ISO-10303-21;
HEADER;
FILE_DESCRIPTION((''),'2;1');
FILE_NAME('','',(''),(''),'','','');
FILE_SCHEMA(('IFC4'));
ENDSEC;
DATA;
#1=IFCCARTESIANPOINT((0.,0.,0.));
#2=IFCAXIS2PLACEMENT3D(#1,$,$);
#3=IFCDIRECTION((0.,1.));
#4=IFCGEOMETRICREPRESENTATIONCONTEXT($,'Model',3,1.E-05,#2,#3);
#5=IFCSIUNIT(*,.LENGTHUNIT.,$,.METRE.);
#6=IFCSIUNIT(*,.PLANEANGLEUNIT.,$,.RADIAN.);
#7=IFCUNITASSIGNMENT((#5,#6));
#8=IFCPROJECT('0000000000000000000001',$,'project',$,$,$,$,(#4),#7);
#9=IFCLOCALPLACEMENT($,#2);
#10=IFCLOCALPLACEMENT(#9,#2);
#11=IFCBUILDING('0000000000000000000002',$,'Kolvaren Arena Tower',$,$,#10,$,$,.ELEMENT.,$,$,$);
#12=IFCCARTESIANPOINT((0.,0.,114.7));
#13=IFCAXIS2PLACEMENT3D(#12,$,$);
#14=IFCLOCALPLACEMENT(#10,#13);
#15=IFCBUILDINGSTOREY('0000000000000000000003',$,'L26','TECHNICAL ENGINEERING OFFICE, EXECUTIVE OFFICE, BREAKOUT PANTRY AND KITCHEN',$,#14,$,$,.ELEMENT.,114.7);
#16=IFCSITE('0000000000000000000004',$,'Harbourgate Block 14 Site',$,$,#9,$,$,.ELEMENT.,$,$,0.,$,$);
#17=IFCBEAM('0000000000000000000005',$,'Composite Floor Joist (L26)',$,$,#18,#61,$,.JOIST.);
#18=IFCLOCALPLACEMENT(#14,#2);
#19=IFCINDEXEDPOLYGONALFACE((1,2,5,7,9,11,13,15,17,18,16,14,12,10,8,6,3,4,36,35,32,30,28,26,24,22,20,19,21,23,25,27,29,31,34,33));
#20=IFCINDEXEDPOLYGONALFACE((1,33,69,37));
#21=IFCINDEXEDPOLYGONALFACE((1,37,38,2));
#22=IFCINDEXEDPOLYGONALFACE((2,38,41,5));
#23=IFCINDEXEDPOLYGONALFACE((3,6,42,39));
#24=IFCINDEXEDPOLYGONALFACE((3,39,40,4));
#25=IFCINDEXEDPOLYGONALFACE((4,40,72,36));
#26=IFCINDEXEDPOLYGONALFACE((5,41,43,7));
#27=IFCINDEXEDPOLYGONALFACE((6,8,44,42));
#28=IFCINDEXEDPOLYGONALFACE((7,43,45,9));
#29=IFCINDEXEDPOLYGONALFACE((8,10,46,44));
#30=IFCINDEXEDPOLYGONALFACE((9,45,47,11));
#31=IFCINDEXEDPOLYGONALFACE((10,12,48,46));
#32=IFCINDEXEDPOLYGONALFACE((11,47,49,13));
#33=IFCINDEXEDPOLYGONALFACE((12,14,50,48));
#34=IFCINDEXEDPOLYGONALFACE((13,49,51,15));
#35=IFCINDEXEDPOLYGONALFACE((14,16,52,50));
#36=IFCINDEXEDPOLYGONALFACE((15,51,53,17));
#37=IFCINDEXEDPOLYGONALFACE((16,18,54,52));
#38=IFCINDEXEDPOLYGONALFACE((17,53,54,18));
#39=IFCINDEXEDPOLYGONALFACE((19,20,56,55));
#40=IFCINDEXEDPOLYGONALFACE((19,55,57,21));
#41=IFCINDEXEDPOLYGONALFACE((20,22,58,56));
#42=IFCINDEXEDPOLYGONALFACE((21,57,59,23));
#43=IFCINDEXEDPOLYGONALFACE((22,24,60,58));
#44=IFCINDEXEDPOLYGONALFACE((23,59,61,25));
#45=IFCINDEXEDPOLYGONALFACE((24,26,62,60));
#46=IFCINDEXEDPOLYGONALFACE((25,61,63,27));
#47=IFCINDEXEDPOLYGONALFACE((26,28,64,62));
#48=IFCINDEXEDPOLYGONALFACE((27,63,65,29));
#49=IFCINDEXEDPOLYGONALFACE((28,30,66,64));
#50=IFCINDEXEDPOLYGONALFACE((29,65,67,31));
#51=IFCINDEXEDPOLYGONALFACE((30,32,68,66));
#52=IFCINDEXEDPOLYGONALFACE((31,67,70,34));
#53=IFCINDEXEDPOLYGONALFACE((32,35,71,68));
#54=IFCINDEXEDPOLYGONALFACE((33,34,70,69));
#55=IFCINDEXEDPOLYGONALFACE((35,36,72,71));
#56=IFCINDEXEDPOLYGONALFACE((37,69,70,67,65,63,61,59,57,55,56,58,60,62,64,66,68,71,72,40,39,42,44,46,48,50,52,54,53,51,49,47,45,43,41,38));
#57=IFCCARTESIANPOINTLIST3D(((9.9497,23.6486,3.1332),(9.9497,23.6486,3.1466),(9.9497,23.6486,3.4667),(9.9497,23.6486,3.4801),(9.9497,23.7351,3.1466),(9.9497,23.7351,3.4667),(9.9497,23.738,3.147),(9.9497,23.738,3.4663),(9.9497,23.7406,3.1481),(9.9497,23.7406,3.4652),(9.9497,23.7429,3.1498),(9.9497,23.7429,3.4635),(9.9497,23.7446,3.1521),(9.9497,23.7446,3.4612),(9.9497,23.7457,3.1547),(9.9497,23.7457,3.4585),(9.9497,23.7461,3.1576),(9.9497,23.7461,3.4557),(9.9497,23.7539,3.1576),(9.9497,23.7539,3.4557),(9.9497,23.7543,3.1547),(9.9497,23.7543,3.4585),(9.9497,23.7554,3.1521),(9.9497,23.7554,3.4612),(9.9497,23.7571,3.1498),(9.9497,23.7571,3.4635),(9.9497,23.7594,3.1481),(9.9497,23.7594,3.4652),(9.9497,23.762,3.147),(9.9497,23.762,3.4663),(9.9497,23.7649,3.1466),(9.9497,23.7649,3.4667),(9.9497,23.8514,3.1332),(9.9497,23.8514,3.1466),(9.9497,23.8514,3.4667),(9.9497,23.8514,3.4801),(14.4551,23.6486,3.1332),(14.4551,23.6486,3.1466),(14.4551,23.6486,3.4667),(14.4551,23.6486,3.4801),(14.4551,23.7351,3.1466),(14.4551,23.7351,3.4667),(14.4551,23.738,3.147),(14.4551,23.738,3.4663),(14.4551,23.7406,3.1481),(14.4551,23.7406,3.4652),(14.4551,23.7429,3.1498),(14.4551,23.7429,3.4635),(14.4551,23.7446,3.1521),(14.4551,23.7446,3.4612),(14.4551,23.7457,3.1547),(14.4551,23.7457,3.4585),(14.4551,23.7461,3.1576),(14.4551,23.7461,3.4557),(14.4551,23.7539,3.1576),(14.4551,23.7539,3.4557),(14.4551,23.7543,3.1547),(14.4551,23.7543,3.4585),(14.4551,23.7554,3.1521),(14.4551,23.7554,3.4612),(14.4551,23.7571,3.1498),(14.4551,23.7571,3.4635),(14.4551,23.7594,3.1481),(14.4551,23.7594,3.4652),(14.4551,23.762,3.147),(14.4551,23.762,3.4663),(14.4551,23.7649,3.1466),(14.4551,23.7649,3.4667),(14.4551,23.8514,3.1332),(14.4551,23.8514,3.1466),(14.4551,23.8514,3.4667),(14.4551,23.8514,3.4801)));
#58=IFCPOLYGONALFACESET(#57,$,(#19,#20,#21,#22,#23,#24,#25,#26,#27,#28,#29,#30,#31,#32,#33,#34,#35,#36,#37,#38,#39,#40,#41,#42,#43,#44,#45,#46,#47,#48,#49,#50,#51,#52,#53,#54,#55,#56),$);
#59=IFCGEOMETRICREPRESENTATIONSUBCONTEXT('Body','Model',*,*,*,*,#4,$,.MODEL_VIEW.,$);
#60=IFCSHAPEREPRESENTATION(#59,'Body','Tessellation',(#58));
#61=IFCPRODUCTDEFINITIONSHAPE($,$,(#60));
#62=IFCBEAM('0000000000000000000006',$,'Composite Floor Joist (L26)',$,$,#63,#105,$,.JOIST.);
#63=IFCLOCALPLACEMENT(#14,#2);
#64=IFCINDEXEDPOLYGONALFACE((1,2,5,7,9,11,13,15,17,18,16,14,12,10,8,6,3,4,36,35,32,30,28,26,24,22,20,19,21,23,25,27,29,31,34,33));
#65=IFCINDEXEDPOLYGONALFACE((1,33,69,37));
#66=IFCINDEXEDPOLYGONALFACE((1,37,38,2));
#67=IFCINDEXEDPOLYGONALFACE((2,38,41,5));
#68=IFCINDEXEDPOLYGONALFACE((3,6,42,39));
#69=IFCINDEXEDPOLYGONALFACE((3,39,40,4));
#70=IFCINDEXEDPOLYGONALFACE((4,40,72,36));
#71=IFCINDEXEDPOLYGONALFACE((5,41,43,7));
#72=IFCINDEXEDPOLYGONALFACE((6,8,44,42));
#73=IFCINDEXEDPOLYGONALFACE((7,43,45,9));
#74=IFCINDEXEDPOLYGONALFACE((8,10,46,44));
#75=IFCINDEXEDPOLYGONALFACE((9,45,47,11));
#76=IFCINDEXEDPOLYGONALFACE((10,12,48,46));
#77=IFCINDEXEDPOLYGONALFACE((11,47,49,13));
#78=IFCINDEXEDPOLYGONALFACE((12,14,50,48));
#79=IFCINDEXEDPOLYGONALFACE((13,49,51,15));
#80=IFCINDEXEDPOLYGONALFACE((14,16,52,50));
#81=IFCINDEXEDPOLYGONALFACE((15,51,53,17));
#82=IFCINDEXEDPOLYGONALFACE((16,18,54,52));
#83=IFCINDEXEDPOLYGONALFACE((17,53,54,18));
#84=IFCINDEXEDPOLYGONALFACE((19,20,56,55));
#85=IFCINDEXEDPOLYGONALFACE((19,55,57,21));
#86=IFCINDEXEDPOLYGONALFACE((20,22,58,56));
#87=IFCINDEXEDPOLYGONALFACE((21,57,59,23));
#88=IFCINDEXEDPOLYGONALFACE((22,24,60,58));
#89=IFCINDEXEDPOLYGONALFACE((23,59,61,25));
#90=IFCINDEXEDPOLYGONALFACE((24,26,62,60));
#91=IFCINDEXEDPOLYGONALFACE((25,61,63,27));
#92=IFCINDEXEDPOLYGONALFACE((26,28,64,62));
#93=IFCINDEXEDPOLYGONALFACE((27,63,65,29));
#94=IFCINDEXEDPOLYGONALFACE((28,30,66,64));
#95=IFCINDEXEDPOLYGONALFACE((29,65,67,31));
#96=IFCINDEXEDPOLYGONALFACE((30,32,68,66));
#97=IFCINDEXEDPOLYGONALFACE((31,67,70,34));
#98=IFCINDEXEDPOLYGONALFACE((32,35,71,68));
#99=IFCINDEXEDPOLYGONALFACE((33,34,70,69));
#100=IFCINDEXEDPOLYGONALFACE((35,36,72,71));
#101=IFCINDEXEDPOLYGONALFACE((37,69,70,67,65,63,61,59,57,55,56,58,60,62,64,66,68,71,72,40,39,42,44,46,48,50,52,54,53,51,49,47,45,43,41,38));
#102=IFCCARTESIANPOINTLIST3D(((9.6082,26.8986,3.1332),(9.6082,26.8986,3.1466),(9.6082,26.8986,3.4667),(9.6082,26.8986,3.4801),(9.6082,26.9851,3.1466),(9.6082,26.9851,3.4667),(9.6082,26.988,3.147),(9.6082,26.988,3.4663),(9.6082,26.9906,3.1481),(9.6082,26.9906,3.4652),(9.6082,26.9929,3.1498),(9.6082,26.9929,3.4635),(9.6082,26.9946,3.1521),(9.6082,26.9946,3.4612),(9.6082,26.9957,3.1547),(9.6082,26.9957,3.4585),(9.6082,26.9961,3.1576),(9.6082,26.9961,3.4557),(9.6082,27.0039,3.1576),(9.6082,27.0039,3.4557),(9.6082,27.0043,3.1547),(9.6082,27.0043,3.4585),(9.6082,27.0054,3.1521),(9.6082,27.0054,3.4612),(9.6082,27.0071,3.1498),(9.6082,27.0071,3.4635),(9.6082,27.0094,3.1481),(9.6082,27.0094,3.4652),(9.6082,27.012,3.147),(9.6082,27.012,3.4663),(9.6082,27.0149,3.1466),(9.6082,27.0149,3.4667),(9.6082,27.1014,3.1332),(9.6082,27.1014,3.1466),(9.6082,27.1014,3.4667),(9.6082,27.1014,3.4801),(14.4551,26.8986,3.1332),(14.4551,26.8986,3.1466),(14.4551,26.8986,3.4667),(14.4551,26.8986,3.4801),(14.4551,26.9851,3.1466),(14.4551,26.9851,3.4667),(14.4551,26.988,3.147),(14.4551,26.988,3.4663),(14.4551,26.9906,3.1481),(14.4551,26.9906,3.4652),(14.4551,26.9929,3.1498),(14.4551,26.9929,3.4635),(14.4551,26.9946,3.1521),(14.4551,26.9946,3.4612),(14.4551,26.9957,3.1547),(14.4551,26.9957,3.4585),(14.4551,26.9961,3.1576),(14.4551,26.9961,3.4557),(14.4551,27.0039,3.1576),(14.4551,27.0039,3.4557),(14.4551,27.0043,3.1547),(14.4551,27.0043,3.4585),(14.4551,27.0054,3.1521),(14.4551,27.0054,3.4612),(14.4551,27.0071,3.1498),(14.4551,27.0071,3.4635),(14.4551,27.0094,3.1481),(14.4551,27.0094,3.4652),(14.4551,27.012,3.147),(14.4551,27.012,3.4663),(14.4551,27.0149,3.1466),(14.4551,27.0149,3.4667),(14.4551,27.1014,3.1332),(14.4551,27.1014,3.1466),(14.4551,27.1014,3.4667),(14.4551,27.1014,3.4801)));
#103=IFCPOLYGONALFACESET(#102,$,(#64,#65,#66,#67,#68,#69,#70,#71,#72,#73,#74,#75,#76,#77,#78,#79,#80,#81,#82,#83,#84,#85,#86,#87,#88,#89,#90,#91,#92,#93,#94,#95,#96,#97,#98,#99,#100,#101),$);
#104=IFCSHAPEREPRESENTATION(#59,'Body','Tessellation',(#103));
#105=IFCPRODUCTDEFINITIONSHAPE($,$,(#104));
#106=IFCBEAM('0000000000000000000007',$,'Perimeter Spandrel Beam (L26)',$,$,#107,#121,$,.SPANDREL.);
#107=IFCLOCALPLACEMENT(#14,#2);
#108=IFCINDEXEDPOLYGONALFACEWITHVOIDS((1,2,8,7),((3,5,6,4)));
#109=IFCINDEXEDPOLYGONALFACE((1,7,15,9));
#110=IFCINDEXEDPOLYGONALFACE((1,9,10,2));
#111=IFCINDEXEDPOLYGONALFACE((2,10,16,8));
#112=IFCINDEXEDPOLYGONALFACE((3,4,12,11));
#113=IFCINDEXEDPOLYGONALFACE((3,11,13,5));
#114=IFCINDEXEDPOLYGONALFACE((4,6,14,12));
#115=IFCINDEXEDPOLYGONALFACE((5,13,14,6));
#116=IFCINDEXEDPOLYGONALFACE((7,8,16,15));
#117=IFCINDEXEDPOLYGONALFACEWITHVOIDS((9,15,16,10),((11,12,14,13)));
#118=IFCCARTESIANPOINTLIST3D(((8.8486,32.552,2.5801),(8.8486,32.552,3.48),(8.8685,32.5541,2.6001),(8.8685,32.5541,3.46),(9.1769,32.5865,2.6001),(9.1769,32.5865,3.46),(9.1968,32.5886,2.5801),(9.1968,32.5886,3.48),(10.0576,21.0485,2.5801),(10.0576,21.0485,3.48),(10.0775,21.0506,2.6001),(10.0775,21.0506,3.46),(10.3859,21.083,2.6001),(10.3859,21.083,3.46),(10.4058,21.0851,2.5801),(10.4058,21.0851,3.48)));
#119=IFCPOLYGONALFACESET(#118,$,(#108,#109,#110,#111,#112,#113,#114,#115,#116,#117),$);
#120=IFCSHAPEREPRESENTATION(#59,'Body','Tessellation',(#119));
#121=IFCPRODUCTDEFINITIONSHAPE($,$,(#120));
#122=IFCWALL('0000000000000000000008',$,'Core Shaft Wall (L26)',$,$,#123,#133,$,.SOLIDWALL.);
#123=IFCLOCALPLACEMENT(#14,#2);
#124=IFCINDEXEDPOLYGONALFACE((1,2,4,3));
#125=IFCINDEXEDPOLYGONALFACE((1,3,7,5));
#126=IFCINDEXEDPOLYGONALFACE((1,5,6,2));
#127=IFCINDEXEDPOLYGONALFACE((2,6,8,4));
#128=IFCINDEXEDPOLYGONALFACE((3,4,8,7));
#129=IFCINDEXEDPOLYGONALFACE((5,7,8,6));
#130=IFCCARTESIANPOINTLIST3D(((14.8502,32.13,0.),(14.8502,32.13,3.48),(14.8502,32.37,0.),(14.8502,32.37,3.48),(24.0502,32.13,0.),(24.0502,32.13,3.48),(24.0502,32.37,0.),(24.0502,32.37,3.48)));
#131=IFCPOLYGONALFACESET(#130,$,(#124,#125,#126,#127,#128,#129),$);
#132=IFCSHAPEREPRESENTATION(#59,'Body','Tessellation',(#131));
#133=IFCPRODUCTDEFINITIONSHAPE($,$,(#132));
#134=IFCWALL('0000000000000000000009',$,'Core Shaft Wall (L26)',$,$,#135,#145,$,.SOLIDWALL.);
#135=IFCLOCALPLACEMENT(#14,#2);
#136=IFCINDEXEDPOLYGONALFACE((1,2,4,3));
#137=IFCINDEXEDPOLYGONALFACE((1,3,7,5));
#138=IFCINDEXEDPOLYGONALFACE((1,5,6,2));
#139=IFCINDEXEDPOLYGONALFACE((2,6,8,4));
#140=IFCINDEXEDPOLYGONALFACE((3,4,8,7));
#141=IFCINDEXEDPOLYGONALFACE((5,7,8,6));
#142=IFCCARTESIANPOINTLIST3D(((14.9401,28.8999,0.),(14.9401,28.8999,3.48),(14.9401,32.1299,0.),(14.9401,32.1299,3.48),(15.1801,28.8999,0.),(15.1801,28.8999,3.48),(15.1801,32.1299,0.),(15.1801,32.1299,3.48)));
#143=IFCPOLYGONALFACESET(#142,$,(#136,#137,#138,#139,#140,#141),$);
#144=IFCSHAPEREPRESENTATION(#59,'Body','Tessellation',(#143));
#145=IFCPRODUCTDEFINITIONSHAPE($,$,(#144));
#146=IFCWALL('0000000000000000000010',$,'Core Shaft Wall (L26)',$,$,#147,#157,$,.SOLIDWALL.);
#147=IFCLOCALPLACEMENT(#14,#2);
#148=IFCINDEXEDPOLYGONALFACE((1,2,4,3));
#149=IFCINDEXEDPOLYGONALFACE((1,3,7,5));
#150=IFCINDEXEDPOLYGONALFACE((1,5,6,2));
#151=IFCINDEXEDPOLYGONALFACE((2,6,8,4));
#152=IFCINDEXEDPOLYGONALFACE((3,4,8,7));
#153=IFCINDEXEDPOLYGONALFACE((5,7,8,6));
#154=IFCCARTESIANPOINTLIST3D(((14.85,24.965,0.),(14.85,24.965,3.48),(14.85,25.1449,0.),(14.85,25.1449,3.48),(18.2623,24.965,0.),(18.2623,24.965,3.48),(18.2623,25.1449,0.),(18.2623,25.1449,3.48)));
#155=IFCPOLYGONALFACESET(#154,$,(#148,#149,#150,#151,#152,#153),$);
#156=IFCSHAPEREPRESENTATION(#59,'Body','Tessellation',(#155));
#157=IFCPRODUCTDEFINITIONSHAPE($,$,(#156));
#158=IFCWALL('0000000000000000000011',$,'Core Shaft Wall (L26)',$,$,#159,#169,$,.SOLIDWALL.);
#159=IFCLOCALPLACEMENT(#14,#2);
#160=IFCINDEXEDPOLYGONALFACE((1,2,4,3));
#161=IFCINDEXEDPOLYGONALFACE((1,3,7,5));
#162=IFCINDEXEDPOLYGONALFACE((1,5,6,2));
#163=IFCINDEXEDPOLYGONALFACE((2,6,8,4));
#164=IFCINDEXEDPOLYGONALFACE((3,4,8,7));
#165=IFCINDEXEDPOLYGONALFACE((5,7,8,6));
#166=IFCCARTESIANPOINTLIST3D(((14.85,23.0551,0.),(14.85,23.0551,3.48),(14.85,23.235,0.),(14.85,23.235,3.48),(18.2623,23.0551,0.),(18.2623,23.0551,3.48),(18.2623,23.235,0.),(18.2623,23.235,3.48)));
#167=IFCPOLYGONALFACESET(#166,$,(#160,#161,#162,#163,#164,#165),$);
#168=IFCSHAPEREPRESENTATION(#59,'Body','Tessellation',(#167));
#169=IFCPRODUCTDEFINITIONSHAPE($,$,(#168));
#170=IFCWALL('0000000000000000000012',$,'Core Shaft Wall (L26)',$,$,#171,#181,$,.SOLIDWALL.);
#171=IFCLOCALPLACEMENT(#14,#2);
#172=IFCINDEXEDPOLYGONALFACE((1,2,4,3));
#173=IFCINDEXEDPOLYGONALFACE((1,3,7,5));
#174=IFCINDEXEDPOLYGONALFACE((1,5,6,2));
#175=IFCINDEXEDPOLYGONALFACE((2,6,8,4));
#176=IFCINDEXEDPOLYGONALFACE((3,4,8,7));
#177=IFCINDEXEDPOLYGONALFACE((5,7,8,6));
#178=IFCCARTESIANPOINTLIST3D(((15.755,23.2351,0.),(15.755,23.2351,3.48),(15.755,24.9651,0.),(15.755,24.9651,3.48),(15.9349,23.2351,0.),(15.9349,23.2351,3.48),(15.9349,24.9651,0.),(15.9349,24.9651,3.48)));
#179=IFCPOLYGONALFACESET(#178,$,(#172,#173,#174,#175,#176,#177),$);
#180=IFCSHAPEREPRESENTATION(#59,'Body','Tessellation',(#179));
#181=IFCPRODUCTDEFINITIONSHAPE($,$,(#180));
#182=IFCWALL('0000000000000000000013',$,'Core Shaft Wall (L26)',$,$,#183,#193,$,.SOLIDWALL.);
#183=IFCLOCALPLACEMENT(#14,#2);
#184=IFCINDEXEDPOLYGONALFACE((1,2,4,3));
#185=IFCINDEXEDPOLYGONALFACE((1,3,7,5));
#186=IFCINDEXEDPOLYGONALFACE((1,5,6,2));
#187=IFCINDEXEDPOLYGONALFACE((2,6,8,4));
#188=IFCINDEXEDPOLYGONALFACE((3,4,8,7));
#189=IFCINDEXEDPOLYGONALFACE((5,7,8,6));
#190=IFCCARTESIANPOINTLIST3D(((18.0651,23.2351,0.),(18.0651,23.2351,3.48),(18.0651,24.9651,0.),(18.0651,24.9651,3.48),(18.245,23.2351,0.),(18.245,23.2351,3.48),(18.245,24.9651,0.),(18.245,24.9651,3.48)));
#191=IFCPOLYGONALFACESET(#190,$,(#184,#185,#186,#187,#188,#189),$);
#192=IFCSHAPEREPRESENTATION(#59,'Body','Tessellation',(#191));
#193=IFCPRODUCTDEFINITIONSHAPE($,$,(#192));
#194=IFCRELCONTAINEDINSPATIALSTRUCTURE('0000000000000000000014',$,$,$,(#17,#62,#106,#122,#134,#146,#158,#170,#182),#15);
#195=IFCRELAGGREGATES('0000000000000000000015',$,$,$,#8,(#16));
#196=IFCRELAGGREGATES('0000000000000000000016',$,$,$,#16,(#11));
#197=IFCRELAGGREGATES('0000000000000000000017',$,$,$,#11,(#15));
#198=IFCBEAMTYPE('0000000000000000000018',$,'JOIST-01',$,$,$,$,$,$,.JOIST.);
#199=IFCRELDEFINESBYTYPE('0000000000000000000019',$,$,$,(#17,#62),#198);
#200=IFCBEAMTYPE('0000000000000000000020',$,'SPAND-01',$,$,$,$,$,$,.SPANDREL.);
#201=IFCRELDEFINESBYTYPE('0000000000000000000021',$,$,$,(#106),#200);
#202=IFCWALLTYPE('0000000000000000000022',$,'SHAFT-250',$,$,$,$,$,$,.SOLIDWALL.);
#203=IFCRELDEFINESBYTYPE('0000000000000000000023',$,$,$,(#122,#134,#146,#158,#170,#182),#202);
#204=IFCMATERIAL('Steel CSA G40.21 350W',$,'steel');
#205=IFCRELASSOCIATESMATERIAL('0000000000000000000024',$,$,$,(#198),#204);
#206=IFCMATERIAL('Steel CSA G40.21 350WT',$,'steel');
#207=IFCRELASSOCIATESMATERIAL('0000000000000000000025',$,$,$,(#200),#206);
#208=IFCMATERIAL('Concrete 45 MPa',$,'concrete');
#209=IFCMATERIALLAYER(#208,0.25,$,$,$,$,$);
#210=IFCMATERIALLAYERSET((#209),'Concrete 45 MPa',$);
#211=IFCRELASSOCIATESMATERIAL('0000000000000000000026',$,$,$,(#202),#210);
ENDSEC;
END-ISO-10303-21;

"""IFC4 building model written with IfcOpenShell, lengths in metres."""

from ifc_helpers import new_model, si_unit, direction, frame, frame_2d, origin, origin_2d, place, context, subcontext, project, spatial, rectangle, hollow_rectangle, i_section, extrude, material, layer, layer_set, material_profile, profile_set, type_object, element, save


model = new_model("IFC4")

# Units and contexts
model_context = context("Model", 3, precision=1e-05, world=origin(), true_north=direction((0.0, 1.0)))
body_context = subcontext(model_context, "Body", "Model", "MODEL_VIEW")
ifc_project = project(units=[si_unit("LENGTHUNIT", "METRE"), si_unit("PLANEANGLEUNIT", "RADIAN")], contexts=[model_context])

# Site, building, storey
site_placement = place(None, origin())
site = spatial("IfcSite", under=ifc_project, at=site_placement, Name="Harbourgate Block 14 Site", CompositionType="ELEMENT", RefElevation=0.0)
building_placement = place(site_placement, origin())
building = spatial("IfcBuilding", under=site, at=building_placement, Name="Kolvaren Arena Tower", CompositionType="ELEMENT")
storey_placement = place(building_placement, frame((0.0, 0.0, 114.7)))
storey = spatial("IfcBuildingStorey", under=building, at=storey_placement, Name="L26", Description="TECHNICAL ENGINEERING OFFICE, EXECUTIVE OFFICE, BREAKOUT PANTRY AND KITCHEN", CompositionType="ELEMENT", Elevation=114.7)

# Beams
ifc_material_1 = material(Name="Steel CSA G40.21 350W", Category="steel")
ifc_material_profile_1 = material_profile(ifc_material_1, i_section(OverallWidth=0.2029, OverallDepth=0.3469, WebThickness=0.0078, FlangeThickness=0.0134, FilletRadius=0.011, at=origin_2d()), Name="W360x64")
ifc_profile_set_1 = profile_set([ifc_material_profile_1], Name="Steel CSA G40.21 350W")
beam_type_1 = type_object("IfcBeamType", Name="JOIST-01", PredefinedType="JOIST", material=ifc_profile_set_1)
beam_1_placement = place(storey_placement, frame((9.9497, 23.75, 3.3066), z_axis=(1.0, 0.0, 0.0), x_axis=(0.0, 1.0, 0.0)))
element("IfcBeam", 1, at=beam_1_placement, inside=storey, type_object=beam_type_1, Name="Composite Floor Joist (L26)", PredefinedType="JOIST", context=body_context, shape_type="SweptSolid", body=[
    extrude(i_section(OverallWidth=0.2029, OverallDepth=0.3469, WebThickness=0.0078, FlangeThickness=0.0134, FilletRadius=0.011, at=origin_2d()), origin(), (0.0, 0.0, 1.0), 4.5054),
])
beam_2_placement = place(storey_placement, frame((9.6082, 27.0, 3.3066), z_axis=(1.0, 0.0, 0.0), x_axis=(0.0, 1.0, 0.0)))
element("IfcBeam", 2, at=beam_2_placement, inside=storey, type_object=beam_type_1, Name="Composite Floor Joist (L26)", PredefinedType="JOIST", context=body_context, shape_type="SweptSolid", body=[
    extrude(i_section(OverallWidth=0.2029, OverallDepth=0.3469, WebThickness=0.0078, FlangeThickness=0.0134, FilletRadius=0.011, at=origin_2d()), origin(), (0.0, 0.0, 1.0), 4.8469),
])
ifc_material_2 = material(Name="Steel CSA G40.21 350WT", Category="steel")
ifc_material_profile_2 = material_profile(ifc_material_2, hollow_rectangle(XDim=0.3501, YDim=0.8999, WallThickness=0.02, at=origin_2d()), Name="HSS 900x350x20")
ifc_profile_set_2 = profile_set([ifc_material_profile_2], Name="Steel CSA G40.21 350WT")
beam_type_2 = type_object("IfcBeamType", Name="SPAND-01", PredefinedType="SPANDREL", material=ifc_profile_set_2)
beam_3_placement = place(storey_placement, frame((9.0227, 32.5703, 3.03), z_axis=(0.104522, -0.994523, 0.0), x_axis=(0.994523, 0.104522, 0.0)))
element("IfcBeam", 3, at=beam_3_placement, inside=storey, type_object=beam_type_2, Name="Perimeter Spandrel Beam (L26)", PredefinedType="SPANDREL", context=body_context, shape_type="SweptSolid", body=[
    extrude(hollow_rectangle(XDim=0.3501, YDim=0.8999, WallThickness=0.02, at=origin_2d()), origin(), (0.0, 0.0, 1.0), 11.5669),
])

# Walls
ifc_material_3 = material(Name="Concrete 45 MPa", Category="concrete")
ifc_layer = layer(ifc_material_3, 0.25)
ifc_layer_set = layer_set([ifc_layer], Name="Concrete 45 MPa")
wall_type = type_object("IfcWallType", Name="SHAFT-250", PredefinedType="SOLIDWALL", material=ifc_layer_set)
wall_1_placement = place(storey_placement, frame((14.8501, 32.25, 0.0), z_axis=(0.0, 0.0, 1.0), x_axis=(1.0, 0.0, 0.0)))
element("IfcWall", 4, at=wall_1_placement, inside=storey, type_object=wall_type, Name="Core Shaft Wall (L26)", PredefinedType="SOLIDWALL", context=body_context, shape_type="SweptSolid", body=[
    extrude(rectangle(XDim=9.2, YDim=0.24, at=frame_2d((4.6001, 0.0))), origin(), (0.0, 0.0, 1.0), 3.48),
])
wall_2_placement = place(storey_placement, frame((15.0601, 28.8999, 0.0), z_axis=(0.0, 0.0, 1.0), x_axis=(0.0, 1.0, 0.0)))
element("IfcWall", 5, at=wall_2_placement, inside=storey, type_object=wall_type, Name="Core Shaft Wall (L26)", PredefinedType="SOLIDWALL", context=body_context, shape_type="SweptSolid", body=[
    extrude(rectangle(XDim=3.23, YDim=0.24, at=frame_2d((1.615, 0.0))), origin(), (0.0, 0.0, 1.0), 3.48),
])
for number, where, z_axis, x_axis, name in (
    (6, (14.8501, 25.0549, 0.0), (0.0, 0.0, 1.0), (1.0, 0.0, 0.0), "Core Shaft Wall (L26)"),
    (7, (14.8501, 23.145, 0.0), (0.0, 0.0, 1.0), (1.0, 0.0, 0.0), "Core Shaft Wall (L26)"),
):
    element("IfcWall", number, at=place(storey_placement, frame(where, z_axis=z_axis, x_axis=x_axis)), inside=storey, type_object=wall_type, Name=name, PredefinedType="SOLIDWALL", context=body_context, shape_type="SweptSolid", body=[
        extrude(rectangle(XDim=3.4124, YDim=0.1799, at=frame_2d((1.7061, 0.0))), origin(), (0.0, 0.0, 1.0), 3.48),
    ])
for number, where, z_axis, x_axis, name in (
    (8, (15.845, 23.2351, 0.0), (0.0, 0.0, 1.0), (0.0, 1.0, 0.0), "Core Shaft Wall (L26)"),
    (9, (18.155, 23.2351, 0.0), (0.0, 0.0, 1.0), (0.0, 1.0, 0.0), "Core Shaft Wall (L26)"),
):
    element("IfcWall", number, at=place(storey_placement, frame(where, z_axis=z_axis, x_axis=x_axis)), inside=storey, type_object=wall_type, Name=name, PredefinedType="SOLIDWALL", context=body_context, shape_type="SweptSolid", body=[
        extrude(rectangle(XDim=1.73, YDim=0.1799, at=frame_2d((0.865, 0.0))), origin(), (0.0, 0.0, 1.0), 3.48),
    ])

save(model, "model.ifc")
